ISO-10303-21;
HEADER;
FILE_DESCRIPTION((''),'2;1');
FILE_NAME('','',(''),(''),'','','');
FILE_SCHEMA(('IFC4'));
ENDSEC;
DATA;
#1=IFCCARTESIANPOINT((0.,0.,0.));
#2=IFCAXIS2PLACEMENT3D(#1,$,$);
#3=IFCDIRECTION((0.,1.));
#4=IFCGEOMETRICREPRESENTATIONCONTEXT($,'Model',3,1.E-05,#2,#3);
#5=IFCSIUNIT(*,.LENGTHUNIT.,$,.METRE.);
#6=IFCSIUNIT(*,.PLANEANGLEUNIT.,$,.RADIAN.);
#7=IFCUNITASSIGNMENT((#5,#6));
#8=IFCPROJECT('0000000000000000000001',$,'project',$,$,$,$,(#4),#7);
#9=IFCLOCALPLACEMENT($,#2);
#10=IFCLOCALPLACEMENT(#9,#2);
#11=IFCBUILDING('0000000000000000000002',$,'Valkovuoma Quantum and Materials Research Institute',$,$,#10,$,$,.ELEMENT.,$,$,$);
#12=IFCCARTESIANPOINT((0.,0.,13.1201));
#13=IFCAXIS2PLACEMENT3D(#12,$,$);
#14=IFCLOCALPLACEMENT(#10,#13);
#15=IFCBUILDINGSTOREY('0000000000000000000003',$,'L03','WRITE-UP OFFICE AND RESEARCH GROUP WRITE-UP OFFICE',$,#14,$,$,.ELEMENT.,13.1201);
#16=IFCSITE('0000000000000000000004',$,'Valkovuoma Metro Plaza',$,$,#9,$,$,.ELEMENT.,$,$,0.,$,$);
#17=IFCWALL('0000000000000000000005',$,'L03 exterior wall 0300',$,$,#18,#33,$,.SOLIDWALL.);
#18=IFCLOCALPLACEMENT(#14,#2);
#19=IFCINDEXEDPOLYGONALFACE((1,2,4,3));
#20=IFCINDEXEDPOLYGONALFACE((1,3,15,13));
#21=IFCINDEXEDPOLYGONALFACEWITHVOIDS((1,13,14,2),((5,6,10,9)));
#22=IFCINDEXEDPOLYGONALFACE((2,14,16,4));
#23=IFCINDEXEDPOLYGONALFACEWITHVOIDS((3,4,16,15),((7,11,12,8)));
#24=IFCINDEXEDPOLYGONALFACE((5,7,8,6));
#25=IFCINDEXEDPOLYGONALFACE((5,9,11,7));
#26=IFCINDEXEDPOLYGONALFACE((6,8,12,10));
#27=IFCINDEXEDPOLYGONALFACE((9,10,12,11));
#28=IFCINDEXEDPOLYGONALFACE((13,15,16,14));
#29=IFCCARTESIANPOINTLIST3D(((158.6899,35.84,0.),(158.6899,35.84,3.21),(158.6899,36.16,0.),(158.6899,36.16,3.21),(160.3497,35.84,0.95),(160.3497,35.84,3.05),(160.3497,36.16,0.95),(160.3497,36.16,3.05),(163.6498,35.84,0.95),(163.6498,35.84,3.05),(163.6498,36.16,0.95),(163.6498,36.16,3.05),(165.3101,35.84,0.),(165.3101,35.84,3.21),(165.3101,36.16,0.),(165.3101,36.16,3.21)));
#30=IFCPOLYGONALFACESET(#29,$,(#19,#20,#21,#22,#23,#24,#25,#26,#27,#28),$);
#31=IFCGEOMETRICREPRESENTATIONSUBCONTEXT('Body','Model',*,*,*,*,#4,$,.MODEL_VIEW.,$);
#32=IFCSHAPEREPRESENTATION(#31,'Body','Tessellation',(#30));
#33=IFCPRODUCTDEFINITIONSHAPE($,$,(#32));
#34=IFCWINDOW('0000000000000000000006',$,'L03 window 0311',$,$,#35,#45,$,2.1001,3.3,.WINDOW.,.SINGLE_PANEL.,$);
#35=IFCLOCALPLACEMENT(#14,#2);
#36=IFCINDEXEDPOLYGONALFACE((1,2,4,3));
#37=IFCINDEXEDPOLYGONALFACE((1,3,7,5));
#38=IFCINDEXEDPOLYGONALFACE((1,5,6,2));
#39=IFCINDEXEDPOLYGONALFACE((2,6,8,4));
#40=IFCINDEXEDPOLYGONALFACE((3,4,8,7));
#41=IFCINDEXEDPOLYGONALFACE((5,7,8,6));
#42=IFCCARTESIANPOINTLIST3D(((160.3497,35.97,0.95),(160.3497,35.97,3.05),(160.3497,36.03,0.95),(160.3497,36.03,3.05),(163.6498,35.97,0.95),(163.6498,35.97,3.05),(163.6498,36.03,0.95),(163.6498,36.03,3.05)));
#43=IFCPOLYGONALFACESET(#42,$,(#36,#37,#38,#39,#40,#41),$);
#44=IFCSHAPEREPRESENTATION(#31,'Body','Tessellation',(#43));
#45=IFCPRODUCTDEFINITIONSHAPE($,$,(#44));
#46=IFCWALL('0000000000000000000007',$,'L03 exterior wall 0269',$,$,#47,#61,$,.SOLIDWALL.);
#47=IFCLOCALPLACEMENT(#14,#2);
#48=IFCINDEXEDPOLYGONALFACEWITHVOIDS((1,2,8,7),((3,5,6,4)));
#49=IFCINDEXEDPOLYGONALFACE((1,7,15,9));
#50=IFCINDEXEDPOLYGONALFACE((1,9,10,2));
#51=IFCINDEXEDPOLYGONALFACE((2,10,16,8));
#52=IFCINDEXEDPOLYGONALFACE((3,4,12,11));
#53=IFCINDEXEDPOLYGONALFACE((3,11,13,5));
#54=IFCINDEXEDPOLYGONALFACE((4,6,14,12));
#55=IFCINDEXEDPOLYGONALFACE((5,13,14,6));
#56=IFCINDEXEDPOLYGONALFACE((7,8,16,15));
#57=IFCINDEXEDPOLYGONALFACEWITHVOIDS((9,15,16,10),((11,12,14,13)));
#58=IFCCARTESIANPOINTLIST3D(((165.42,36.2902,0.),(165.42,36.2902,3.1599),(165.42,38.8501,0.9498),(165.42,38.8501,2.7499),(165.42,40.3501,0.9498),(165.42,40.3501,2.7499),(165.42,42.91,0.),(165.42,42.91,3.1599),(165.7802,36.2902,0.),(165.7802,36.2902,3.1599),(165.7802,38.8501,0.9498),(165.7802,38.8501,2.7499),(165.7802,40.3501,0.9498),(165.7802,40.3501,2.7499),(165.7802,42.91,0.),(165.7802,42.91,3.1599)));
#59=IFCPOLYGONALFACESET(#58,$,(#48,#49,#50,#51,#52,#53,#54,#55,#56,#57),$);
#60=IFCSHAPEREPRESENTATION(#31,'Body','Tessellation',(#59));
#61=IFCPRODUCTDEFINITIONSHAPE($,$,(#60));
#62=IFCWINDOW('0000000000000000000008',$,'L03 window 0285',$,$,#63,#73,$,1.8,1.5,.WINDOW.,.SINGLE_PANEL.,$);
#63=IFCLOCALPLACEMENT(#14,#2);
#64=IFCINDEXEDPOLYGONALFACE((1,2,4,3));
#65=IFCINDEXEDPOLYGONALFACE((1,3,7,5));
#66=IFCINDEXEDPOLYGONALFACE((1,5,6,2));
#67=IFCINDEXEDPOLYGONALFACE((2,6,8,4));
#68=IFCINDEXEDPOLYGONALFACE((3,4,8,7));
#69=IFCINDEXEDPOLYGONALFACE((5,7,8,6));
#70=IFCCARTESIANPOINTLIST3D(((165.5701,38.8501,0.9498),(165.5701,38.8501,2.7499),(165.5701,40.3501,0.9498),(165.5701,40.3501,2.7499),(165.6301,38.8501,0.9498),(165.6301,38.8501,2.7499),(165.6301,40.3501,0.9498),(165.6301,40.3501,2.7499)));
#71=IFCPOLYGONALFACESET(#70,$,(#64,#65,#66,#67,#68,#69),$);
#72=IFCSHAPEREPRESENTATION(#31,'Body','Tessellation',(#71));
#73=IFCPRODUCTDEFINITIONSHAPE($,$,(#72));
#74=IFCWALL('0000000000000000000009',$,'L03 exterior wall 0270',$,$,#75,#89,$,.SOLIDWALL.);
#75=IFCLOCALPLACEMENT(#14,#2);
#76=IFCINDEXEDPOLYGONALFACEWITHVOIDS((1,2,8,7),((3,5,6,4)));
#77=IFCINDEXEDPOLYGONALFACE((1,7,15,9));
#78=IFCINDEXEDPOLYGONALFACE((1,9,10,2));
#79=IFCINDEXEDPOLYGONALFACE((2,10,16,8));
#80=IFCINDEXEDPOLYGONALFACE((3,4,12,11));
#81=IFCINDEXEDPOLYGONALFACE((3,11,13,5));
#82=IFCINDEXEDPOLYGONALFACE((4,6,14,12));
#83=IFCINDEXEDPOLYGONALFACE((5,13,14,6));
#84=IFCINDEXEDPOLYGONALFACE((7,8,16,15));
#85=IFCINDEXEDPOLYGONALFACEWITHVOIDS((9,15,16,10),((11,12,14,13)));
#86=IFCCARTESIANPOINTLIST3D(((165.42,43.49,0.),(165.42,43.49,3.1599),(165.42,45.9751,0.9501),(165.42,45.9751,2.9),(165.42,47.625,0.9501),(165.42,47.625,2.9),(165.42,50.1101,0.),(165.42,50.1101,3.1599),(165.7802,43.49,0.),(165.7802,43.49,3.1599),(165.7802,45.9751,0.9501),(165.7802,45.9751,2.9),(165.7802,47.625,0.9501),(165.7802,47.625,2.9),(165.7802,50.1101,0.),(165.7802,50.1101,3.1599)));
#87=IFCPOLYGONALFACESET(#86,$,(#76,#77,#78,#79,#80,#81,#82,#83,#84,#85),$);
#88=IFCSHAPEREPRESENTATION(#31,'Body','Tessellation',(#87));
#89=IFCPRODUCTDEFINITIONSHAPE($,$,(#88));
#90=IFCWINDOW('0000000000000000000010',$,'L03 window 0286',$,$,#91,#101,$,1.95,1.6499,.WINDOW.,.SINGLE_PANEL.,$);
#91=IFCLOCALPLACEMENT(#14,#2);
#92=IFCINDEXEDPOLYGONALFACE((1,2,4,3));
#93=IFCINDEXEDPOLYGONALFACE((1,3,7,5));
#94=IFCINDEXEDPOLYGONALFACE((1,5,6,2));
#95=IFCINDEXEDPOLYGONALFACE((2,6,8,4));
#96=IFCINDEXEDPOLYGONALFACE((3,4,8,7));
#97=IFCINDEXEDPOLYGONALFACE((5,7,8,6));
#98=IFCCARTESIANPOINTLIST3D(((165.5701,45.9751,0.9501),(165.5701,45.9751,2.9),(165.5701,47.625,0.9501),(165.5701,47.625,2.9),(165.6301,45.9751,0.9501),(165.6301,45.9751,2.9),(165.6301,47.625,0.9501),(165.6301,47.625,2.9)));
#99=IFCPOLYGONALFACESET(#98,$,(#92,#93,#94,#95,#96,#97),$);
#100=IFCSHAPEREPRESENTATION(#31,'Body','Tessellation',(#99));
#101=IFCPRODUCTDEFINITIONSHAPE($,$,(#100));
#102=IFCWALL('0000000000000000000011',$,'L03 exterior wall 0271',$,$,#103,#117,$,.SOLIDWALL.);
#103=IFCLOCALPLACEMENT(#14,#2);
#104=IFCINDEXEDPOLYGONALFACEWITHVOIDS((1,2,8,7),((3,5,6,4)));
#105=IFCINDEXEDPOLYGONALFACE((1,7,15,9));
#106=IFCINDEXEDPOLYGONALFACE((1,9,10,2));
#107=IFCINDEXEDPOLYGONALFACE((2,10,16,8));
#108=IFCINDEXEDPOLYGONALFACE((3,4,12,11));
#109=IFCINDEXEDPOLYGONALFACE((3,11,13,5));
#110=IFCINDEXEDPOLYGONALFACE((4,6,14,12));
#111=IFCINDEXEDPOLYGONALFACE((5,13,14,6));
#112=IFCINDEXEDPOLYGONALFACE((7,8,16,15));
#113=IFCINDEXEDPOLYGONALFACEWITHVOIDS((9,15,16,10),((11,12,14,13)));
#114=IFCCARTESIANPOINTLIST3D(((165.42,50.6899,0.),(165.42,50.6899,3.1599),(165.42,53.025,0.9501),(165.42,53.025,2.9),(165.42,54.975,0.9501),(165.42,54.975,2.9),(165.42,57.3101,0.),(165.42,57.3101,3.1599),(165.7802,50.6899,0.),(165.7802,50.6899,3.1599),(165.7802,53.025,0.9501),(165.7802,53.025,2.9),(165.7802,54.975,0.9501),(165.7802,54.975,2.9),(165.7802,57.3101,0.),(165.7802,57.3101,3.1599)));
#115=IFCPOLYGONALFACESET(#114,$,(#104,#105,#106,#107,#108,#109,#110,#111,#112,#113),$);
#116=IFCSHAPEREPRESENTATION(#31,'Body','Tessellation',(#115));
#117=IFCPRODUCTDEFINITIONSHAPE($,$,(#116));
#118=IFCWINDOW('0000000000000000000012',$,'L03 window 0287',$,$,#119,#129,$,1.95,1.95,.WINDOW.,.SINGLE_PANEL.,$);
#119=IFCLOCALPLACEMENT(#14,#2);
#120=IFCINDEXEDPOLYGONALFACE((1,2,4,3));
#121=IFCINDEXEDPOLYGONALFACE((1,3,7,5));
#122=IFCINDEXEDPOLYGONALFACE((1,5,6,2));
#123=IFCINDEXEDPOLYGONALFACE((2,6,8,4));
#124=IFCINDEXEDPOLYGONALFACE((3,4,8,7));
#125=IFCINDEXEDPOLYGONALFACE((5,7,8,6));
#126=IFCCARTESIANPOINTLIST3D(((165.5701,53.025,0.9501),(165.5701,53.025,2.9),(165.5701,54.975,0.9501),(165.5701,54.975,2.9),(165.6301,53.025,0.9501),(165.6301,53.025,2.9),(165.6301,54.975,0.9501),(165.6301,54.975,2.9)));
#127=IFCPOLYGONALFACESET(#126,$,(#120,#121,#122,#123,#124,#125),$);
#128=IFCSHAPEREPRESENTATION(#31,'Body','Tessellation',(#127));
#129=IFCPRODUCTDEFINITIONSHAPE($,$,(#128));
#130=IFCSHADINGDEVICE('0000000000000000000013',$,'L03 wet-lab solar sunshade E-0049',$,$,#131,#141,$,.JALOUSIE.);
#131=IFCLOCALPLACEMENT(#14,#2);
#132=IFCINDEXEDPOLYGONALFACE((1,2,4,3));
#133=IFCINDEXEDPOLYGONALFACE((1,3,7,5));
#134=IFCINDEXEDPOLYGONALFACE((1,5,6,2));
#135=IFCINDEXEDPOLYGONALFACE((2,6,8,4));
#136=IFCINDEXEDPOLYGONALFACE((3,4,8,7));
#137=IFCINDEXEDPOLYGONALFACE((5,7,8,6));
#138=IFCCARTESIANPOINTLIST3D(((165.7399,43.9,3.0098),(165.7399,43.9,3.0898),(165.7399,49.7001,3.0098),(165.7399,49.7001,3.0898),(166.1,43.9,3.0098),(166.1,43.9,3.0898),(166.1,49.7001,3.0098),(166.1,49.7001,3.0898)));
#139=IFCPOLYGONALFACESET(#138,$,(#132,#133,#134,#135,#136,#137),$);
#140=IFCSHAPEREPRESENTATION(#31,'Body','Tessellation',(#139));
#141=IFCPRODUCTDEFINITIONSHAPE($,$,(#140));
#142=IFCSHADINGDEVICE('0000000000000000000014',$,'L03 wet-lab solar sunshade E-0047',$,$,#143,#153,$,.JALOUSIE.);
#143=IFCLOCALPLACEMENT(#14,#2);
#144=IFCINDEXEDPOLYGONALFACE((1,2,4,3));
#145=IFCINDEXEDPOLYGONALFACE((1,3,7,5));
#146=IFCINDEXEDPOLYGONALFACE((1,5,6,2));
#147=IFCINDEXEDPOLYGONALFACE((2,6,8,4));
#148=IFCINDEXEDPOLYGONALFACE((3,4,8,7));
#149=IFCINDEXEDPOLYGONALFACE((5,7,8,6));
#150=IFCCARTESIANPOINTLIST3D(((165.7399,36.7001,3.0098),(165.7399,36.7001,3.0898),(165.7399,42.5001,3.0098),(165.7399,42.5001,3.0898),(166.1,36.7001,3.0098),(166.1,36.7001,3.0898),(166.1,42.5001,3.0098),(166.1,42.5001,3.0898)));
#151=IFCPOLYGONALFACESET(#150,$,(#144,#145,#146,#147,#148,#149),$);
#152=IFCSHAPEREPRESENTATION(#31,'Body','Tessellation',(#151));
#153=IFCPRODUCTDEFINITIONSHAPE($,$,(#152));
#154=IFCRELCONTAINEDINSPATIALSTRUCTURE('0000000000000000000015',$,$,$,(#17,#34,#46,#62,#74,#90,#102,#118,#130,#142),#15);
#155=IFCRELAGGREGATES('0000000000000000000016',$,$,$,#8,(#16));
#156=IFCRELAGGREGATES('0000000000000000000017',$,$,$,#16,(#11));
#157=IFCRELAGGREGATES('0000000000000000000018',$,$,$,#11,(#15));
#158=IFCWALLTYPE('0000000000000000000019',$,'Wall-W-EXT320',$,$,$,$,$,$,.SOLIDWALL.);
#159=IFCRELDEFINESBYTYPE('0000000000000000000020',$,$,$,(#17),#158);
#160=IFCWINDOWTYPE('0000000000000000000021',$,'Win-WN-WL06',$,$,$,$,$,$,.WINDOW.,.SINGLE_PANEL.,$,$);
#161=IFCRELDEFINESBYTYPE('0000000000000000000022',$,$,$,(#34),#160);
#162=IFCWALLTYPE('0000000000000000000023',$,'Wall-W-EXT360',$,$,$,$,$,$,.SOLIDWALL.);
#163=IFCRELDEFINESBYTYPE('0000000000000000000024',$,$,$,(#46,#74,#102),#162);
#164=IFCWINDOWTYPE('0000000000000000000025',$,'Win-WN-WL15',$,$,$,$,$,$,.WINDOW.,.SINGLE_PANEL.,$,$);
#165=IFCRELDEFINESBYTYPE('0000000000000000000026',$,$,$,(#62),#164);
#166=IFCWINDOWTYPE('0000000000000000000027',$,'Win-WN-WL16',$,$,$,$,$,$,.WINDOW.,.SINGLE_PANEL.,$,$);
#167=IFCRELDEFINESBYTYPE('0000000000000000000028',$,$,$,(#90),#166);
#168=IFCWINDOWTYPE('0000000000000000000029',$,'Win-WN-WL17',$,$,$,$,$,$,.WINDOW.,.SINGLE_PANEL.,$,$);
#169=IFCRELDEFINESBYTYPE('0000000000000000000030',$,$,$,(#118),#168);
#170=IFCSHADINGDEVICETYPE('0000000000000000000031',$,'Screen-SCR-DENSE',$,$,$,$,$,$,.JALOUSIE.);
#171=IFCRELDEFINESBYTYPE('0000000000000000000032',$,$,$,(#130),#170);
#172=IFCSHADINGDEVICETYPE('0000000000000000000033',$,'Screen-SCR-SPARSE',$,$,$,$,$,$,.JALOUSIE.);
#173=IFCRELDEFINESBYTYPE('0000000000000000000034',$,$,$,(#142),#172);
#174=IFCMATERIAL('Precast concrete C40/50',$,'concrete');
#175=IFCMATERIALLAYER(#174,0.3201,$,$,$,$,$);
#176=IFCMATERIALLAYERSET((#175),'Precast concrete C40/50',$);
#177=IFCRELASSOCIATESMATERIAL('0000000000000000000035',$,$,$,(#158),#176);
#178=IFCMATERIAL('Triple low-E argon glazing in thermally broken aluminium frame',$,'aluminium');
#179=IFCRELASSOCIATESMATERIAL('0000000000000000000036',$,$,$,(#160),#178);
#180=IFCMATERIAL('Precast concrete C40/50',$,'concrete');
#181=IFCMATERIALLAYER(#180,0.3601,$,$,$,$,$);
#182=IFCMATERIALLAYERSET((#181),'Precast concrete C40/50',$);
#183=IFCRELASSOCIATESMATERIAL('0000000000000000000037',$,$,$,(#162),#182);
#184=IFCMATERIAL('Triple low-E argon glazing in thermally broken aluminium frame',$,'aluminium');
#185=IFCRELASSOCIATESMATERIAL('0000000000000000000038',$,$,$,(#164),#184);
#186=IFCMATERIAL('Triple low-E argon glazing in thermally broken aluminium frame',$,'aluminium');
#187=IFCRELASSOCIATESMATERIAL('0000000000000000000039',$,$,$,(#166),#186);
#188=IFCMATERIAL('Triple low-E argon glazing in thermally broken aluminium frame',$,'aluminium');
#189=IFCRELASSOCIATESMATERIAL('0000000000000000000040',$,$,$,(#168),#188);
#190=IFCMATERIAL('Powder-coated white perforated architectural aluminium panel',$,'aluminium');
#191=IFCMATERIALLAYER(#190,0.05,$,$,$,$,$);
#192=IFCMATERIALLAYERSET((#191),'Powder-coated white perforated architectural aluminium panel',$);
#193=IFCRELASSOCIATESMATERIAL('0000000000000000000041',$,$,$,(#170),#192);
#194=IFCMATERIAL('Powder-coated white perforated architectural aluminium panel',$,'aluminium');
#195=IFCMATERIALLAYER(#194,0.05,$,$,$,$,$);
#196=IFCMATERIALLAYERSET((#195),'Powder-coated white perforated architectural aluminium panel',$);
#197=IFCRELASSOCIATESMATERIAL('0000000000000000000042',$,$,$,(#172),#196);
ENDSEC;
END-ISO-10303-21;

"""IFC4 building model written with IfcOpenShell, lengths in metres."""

from ifc_helpers import new_model, si_unit, direction, frame, frame_2d, origin, origin_2d, place, context, subcontext, project, spatial, rectangle, extrude, material, layer, layer_set, type_object, element, fill, save


model = new_model("IFC4")

# Units and contexts
model_context = context("Model", 3, precision=1e-05, world=origin(), true_north=direction((0.0, 1.0)))
body_context = subcontext(model_context, "Body", "Model", "MODEL_VIEW")
ifc_project = project(units=[si_unit("LENGTHUNIT", "METRE"), si_unit("PLANEANGLEUNIT", "RADIAN")], contexts=[model_context])

# Site, building, storey
site_placement = place(None, origin())
site = spatial("IfcSite", under=ifc_project, at=site_placement, Name="Valkovuoma Metro Plaza", CompositionType="ELEMENT", RefElevation=0.0)
building_placement = place(site_placement, origin())
building = spatial("IfcBuilding", under=site, at=building_placement, Name="Valkovuoma Quantum and Materials Research Institute", CompositionType="ELEMENT")
storey_placement = place(building_placement, frame((0.0, 0.0, 13.1201)))
storey = spatial("IfcBuildingStorey", under=building, at=storey_placement, Name="L03", Description="WRITE-UP OFFICE AND RESEARCH GROUP WRITE-UP OFFICE", CompositionType="ELEMENT", Elevation=13.1201)

# Walls, openings, windows
ifc_material_1 = material(Name="Precast concrete C40/50", Category="concrete")
ifc_layer_1 = layer(ifc_material_1, 0.3201)
ifc_layer_set_1 = layer_set([ifc_layer_1], Name="Precast concrete C40/50")
wall_type_1 = type_object("IfcWallType", Name="Wall-W-EXT320", PredefinedType="SOLIDWALL", material=ifc_layer_set_1)
wall_1_placement = place(storey_placement, frame((158.6899, 36.0, 0.0), z_axis=(0.0, 0.0, 1.0), x_axis=(1.0, 0.0, 0.0)))
wall_1 = element("IfcWall", 1, at=wall_1_placement, inside=storey, type_object=wall_type_1, Name="L03 exterior wall 0300", PredefinedType="SOLIDWALL", context=body_context, shape_type="SweptSolid", body=[
    extrude(rectangle(XDim=6.6201, YDim=0.3201, at=frame_2d((3.3101, 0.0))), origin(), (0.0, 0.0, 1.0), 3.21),
])
opening_1_placement = place(wall_1_placement, frame((1.6599, 0.0, 0.95)))
opening_1 = element("IfcOpeningElement", 2, at=opening_1_placement, cuts=wall_1, PredefinedType="OPENING", context=body_context, shape_type="SweptSolid", body=[
    extrude(rectangle(XDim=3.3, YDim=2.1001, at=frame_2d((1.6499, 1.05))), frame((0.0, 0.1699, 0.0), z_axis=(0.0, -1.0, 0.0), x_axis=(1.0, 0.0, 0.0)), (0.0, 0.0, 1.0), 0.3401),
])
ifc_material_2 = material(Name="Triple low-E argon glazing in thermally broken aluminium frame", Category="aluminium")
window_type_1 = type_object("IfcWindowType", Name="Win-WN-WL06", PartitioningType="SINGLE_PANEL", PredefinedType="WINDOW", material=ifc_material_2)
window_1_placement = place(opening_1_placement, origin())
window_1 = element("IfcWindow", 3, at=window_1_placement, inside=storey, type_object=window_type_1, Name="L03 window 0311", OverallHeight=2.1001, OverallWidth=3.3, PartitioningType="SINGLE_PANEL", PredefinedType="WINDOW", context=body_context, shape_type="SweptSolid", body=[
    extrude(rectangle(XDim=3.3, YDim=2.1001, at=frame_2d((1.6499, 1.05))), frame((0.0, 0.03, 0.0), z_axis=(0.0, -1.0, 0.0), x_axis=(1.0, 0.0, 0.0)), (0.0, 0.0, 1.0), 0.0601),
])
fill(opening_1, window_1)
ifc_material_3 = material(Name="Precast concrete C40/50", Category="concrete")
ifc_layer_2 = layer(ifc_material_3, 0.3601)
ifc_layer_set_2 = layer_set([ifc_layer_2], Name="Precast concrete C40/50")
wall_type_2 = type_object("IfcWallType", Name="Wall-W-EXT360", PredefinedType="SOLIDWALL", material=ifc_layer_set_2)
wall_2_placement = place(storey_placement, frame((165.6001, 36.29, 0.0), z_axis=(0.0, 0.0, 1.0), x_axis=(0.0, 1.0, 0.0)))
wall_2 = element("IfcWall", 4, at=wall_2_placement, inside=storey, type_object=wall_type_2, Name="L03 exterior wall 0269", PredefinedType="SOLIDWALL", context=body_context, shape_type="SweptSolid", body=[
    extrude(rectangle(XDim=6.6199, YDim=0.3601, at=frame_2d((3.3101, 0.0))), origin(), (0.0, 0.0, 1.0), 3.1599),
])
opening_2_placement = place(wall_2_placement, frame((2.5601, 0.0, 0.95)))
opening_2 = element("IfcOpeningElement", 5, at=opening_2_placement, cuts=wall_2, PredefinedType="OPENING", context=body_context, shape_type="SweptSolid", body=[
    extrude(rectangle(XDim=1.5, YDim=1.8, at=frame_2d((0.75, 0.8999))), frame((0.0, 0.1899, 0.0), z_axis=(0.0, -1.0, 0.0), x_axis=(1.0, 0.0, 0.0)), (0.0, 0.0, 1.0), 0.3801),
])
ifc_material_4 = material(Name="Triple low-E argon glazing in thermally broken aluminium frame", Category="aluminium")
window_type_2 = type_object("IfcWindowType", Name="Win-WN-WL15", PartitioningType="SINGLE_PANEL", PredefinedType="WINDOW", material=ifc_material_4)
window_2_placement = place(opening_2_placement, origin())
window_2 = element("IfcWindow", 6, at=window_2_placement, inside=storey, type_object=window_type_2, Name="L03 window 0285", OverallHeight=1.8, OverallWidth=1.5, PartitioningType="SINGLE_PANEL", PredefinedType="WINDOW", context=body_context, shape_type="SweptSolid", body=[
    extrude(rectangle(XDim=1.5, YDim=1.8, at=frame_2d((0.75, 0.8999))), frame((0.0, 0.03, 0.0), z_axis=(0.0, -1.0, 0.0), x_axis=(1.0, 0.0, 0.0)), (0.0, 0.0, 1.0), 0.0601),
])
fill(opening_2, window_2)
wall_3_placement = place(storey_placement, frame((165.6001, 43.49, 0.0), z_axis=(0.0, 0.0, 1.0), x_axis=(0.0, 1.0, 0.0)))
wall_3 = element("IfcWall", 7, at=wall_3_placement, inside=storey, type_object=wall_type_2, Name="L03 exterior wall 0270", PredefinedType="SOLIDWALL", context=body_context, shape_type="SweptSolid", body=[
    extrude(rectangle(XDim=6.6201, YDim=0.3601, at=frame_2d((3.3101, 0.0))), origin(), (0.0, 0.0, 1.0), 3.1599),
])
opening_3_placement = place(wall_3_placement, frame((2.4851, 0.0, 0.95)))
opening_3 = element("IfcOpeningElement", 8, at=opening_3_placement, cuts=wall_3, PredefinedType="OPENING", context=body_context, shape_type="SweptSolid", body=[
    extrude(rectangle(XDim=1.6499, YDim=1.95, at=frame_2d((0.825, 0.9751))), frame((0.0, 0.1899, 0.0), z_axis=(0.0, -1.0, 0.0), x_axis=(1.0, 0.0, 0.0)), (0.0, 0.0, 1.0), 0.3801),
])
ifc_material_5 = material(Name="Triple low-E argon glazing in thermally broken aluminium frame", Category="aluminium")
window_type_3 = type_object("IfcWindowType", Name="Win-WN-WL16", PartitioningType="SINGLE_PANEL", PredefinedType="WINDOW", material=ifc_material_5)
window_3_placement = place(opening_3_placement, origin())
window_3 = element("IfcWindow", 9, at=window_3_placement, inside=storey, type_object=window_type_3, Name="L03 window 0286", OverallHeight=1.95, OverallWidth=1.6499, PartitioningType="SINGLE_PANEL", PredefinedType="WINDOW", context=body_context, shape_type="SweptSolid", body=[
    extrude(rectangle(XDim=1.6499, YDim=1.95, at=frame_2d((0.825, 0.9751))), frame((0.0, 0.03, 0.0), z_axis=(0.0, -1.0, 0.0), x_axis=(1.0, 0.0, 0.0)), (0.0, 0.0, 1.0), 0.0601),
])
fill(opening_3, window_3)
wall_4_placement = place(storey_placement, frame((165.6001, 50.6899, 0.0), z_axis=(0.0, 0.0, 1.0), x_axis=(0.0, 1.0, 0.0)))
wall_4 = element("IfcWall", 10, at=wall_4_placement, inside=storey, type_object=wall_type_2, Name="L03 exterior wall 0271", PredefinedType="SOLIDWALL", context=body_context, shape_type="SweptSolid", body=[
    extrude(rectangle(XDim=6.6201, YDim=0.3601, at=frame_2d((3.3101, 0.0))), origin(), (0.0, 0.0, 1.0), 3.1599),
])
opening_4_placement = place(wall_4_placement, frame((2.335, 0.0, 0.95)))
opening_4 = element("IfcOpeningElement", 11, at=opening_4_placement, cuts=wall_4, PredefinedType="OPENING", context=body_context, shape_type="SweptSolid", body=[
    extrude(rectangle(XDim=1.95, YDim=1.95, at=frame_2d((0.9751, 0.9751))), frame((0.0, 0.1899, 0.0), z_axis=(0.0, -1.0, 0.0), x_axis=(1.0, 0.0, 0.0)), (0.0, 0.0, 1.0), 0.3801),
])
ifc_material_6 = material(Name="Triple low-E argon glazing in thermally broken aluminium frame", Category="aluminium")
window_type_4 = type_object("IfcWindowType", Name="Win-WN-WL17", PartitioningType="SINGLE_PANEL", PredefinedType="WINDOW", material=ifc_material_6)
window_4_placement = place(opening_4_placement, origin())
window_4 = element("IfcWindow", 12, at=window_4_placement, inside=storey, type_object=window_type_4, Name="L03 window 0287", OverallHeight=1.95, OverallWidth=1.95, PartitioningType="SINGLE_PANEL", PredefinedType="WINDOW", context=body_context, shape_type="SweptSolid", body=[
    extrude(rectangle(XDim=1.95, YDim=1.95, at=frame_2d((0.9751, 0.9751))), frame((0.0, 0.03, 0.0), z_axis=(0.0, -1.0, 0.0), x_axis=(1.0, 0.0, 0.0)), (0.0, 0.0, 1.0), 0.0601),
])
fill(opening_4, window_4)

# Shading devices
ifc_material_7 = material(Name="Powder-coated white perforated architectural aluminium panel", Category="aluminium")
ifc_layer_3 = layer(ifc_material_7, 0.05)
ifc_layer_set_3 = layer_set([ifc_layer_3], Name="Powder-coated white perforated architectural aluminium panel")
shading_device_type_1 = type_object("IfcShadingDeviceType", Name="Screen-SCR-DENSE", PredefinedType="JALOUSIE", material=ifc_layer_set_3)
shading_device_1_placement = place(storey_placement, frame((165.9199, 46.8, 3.0098), z_axis=(0.0, 0.0, 1.0), x_axis=(1.0, 0.0, 0.0)))
element("IfcShadingDevice", 13, at=shading_device_1_placement, inside=storey, type_object=shading_device_type_1, Name="L03 wet-lab solar sunshade E-0049", PredefinedType="JALOUSIE", context=body_context, shape_type="SweptSolid", body=[
    extrude(rectangle(XDim=0.3601, YDim=5.8, at=origin_2d()), origin(), (0.0, 0.0, 1.0), 0.0801),
])
ifc_material_8 = material(Name="Powder-coated white perforated architectural aluminium panel", Category="aluminium")
ifc_layer_4 = layer(ifc_material_8, 0.05)
ifc_layer_set_4 = layer_set([ifc_layer_4], Name="Powder-coated white perforated architectural aluminium panel")
shading_device_type_2 = type_object("IfcShadingDeviceType", Name="Screen-SCR-SPARSE", PredefinedType="JALOUSIE", material=ifc_layer_set_4)
shading_device_2_placement = place(storey_placement, frame((165.9199, 39.6001, 3.0098), z_axis=(0.0, 0.0, 1.0), x_axis=(1.0, 0.0, 0.0)))
element("IfcShadingDevice", 14, at=shading_device_2_placement, inside=storey, type_object=shading_device_type_2, Name="L03 wet-lab solar sunshade E-0047", PredefinedType="JALOUSIE", context=body_context, shape_type="SweptSolid", body=[
    extrude(rectangle(XDim=0.3601, YDim=5.8, at=origin_2d()), origin(), (0.0, 0.0, 1.0), 0.0801),
])

save(model, "model.ifc")
